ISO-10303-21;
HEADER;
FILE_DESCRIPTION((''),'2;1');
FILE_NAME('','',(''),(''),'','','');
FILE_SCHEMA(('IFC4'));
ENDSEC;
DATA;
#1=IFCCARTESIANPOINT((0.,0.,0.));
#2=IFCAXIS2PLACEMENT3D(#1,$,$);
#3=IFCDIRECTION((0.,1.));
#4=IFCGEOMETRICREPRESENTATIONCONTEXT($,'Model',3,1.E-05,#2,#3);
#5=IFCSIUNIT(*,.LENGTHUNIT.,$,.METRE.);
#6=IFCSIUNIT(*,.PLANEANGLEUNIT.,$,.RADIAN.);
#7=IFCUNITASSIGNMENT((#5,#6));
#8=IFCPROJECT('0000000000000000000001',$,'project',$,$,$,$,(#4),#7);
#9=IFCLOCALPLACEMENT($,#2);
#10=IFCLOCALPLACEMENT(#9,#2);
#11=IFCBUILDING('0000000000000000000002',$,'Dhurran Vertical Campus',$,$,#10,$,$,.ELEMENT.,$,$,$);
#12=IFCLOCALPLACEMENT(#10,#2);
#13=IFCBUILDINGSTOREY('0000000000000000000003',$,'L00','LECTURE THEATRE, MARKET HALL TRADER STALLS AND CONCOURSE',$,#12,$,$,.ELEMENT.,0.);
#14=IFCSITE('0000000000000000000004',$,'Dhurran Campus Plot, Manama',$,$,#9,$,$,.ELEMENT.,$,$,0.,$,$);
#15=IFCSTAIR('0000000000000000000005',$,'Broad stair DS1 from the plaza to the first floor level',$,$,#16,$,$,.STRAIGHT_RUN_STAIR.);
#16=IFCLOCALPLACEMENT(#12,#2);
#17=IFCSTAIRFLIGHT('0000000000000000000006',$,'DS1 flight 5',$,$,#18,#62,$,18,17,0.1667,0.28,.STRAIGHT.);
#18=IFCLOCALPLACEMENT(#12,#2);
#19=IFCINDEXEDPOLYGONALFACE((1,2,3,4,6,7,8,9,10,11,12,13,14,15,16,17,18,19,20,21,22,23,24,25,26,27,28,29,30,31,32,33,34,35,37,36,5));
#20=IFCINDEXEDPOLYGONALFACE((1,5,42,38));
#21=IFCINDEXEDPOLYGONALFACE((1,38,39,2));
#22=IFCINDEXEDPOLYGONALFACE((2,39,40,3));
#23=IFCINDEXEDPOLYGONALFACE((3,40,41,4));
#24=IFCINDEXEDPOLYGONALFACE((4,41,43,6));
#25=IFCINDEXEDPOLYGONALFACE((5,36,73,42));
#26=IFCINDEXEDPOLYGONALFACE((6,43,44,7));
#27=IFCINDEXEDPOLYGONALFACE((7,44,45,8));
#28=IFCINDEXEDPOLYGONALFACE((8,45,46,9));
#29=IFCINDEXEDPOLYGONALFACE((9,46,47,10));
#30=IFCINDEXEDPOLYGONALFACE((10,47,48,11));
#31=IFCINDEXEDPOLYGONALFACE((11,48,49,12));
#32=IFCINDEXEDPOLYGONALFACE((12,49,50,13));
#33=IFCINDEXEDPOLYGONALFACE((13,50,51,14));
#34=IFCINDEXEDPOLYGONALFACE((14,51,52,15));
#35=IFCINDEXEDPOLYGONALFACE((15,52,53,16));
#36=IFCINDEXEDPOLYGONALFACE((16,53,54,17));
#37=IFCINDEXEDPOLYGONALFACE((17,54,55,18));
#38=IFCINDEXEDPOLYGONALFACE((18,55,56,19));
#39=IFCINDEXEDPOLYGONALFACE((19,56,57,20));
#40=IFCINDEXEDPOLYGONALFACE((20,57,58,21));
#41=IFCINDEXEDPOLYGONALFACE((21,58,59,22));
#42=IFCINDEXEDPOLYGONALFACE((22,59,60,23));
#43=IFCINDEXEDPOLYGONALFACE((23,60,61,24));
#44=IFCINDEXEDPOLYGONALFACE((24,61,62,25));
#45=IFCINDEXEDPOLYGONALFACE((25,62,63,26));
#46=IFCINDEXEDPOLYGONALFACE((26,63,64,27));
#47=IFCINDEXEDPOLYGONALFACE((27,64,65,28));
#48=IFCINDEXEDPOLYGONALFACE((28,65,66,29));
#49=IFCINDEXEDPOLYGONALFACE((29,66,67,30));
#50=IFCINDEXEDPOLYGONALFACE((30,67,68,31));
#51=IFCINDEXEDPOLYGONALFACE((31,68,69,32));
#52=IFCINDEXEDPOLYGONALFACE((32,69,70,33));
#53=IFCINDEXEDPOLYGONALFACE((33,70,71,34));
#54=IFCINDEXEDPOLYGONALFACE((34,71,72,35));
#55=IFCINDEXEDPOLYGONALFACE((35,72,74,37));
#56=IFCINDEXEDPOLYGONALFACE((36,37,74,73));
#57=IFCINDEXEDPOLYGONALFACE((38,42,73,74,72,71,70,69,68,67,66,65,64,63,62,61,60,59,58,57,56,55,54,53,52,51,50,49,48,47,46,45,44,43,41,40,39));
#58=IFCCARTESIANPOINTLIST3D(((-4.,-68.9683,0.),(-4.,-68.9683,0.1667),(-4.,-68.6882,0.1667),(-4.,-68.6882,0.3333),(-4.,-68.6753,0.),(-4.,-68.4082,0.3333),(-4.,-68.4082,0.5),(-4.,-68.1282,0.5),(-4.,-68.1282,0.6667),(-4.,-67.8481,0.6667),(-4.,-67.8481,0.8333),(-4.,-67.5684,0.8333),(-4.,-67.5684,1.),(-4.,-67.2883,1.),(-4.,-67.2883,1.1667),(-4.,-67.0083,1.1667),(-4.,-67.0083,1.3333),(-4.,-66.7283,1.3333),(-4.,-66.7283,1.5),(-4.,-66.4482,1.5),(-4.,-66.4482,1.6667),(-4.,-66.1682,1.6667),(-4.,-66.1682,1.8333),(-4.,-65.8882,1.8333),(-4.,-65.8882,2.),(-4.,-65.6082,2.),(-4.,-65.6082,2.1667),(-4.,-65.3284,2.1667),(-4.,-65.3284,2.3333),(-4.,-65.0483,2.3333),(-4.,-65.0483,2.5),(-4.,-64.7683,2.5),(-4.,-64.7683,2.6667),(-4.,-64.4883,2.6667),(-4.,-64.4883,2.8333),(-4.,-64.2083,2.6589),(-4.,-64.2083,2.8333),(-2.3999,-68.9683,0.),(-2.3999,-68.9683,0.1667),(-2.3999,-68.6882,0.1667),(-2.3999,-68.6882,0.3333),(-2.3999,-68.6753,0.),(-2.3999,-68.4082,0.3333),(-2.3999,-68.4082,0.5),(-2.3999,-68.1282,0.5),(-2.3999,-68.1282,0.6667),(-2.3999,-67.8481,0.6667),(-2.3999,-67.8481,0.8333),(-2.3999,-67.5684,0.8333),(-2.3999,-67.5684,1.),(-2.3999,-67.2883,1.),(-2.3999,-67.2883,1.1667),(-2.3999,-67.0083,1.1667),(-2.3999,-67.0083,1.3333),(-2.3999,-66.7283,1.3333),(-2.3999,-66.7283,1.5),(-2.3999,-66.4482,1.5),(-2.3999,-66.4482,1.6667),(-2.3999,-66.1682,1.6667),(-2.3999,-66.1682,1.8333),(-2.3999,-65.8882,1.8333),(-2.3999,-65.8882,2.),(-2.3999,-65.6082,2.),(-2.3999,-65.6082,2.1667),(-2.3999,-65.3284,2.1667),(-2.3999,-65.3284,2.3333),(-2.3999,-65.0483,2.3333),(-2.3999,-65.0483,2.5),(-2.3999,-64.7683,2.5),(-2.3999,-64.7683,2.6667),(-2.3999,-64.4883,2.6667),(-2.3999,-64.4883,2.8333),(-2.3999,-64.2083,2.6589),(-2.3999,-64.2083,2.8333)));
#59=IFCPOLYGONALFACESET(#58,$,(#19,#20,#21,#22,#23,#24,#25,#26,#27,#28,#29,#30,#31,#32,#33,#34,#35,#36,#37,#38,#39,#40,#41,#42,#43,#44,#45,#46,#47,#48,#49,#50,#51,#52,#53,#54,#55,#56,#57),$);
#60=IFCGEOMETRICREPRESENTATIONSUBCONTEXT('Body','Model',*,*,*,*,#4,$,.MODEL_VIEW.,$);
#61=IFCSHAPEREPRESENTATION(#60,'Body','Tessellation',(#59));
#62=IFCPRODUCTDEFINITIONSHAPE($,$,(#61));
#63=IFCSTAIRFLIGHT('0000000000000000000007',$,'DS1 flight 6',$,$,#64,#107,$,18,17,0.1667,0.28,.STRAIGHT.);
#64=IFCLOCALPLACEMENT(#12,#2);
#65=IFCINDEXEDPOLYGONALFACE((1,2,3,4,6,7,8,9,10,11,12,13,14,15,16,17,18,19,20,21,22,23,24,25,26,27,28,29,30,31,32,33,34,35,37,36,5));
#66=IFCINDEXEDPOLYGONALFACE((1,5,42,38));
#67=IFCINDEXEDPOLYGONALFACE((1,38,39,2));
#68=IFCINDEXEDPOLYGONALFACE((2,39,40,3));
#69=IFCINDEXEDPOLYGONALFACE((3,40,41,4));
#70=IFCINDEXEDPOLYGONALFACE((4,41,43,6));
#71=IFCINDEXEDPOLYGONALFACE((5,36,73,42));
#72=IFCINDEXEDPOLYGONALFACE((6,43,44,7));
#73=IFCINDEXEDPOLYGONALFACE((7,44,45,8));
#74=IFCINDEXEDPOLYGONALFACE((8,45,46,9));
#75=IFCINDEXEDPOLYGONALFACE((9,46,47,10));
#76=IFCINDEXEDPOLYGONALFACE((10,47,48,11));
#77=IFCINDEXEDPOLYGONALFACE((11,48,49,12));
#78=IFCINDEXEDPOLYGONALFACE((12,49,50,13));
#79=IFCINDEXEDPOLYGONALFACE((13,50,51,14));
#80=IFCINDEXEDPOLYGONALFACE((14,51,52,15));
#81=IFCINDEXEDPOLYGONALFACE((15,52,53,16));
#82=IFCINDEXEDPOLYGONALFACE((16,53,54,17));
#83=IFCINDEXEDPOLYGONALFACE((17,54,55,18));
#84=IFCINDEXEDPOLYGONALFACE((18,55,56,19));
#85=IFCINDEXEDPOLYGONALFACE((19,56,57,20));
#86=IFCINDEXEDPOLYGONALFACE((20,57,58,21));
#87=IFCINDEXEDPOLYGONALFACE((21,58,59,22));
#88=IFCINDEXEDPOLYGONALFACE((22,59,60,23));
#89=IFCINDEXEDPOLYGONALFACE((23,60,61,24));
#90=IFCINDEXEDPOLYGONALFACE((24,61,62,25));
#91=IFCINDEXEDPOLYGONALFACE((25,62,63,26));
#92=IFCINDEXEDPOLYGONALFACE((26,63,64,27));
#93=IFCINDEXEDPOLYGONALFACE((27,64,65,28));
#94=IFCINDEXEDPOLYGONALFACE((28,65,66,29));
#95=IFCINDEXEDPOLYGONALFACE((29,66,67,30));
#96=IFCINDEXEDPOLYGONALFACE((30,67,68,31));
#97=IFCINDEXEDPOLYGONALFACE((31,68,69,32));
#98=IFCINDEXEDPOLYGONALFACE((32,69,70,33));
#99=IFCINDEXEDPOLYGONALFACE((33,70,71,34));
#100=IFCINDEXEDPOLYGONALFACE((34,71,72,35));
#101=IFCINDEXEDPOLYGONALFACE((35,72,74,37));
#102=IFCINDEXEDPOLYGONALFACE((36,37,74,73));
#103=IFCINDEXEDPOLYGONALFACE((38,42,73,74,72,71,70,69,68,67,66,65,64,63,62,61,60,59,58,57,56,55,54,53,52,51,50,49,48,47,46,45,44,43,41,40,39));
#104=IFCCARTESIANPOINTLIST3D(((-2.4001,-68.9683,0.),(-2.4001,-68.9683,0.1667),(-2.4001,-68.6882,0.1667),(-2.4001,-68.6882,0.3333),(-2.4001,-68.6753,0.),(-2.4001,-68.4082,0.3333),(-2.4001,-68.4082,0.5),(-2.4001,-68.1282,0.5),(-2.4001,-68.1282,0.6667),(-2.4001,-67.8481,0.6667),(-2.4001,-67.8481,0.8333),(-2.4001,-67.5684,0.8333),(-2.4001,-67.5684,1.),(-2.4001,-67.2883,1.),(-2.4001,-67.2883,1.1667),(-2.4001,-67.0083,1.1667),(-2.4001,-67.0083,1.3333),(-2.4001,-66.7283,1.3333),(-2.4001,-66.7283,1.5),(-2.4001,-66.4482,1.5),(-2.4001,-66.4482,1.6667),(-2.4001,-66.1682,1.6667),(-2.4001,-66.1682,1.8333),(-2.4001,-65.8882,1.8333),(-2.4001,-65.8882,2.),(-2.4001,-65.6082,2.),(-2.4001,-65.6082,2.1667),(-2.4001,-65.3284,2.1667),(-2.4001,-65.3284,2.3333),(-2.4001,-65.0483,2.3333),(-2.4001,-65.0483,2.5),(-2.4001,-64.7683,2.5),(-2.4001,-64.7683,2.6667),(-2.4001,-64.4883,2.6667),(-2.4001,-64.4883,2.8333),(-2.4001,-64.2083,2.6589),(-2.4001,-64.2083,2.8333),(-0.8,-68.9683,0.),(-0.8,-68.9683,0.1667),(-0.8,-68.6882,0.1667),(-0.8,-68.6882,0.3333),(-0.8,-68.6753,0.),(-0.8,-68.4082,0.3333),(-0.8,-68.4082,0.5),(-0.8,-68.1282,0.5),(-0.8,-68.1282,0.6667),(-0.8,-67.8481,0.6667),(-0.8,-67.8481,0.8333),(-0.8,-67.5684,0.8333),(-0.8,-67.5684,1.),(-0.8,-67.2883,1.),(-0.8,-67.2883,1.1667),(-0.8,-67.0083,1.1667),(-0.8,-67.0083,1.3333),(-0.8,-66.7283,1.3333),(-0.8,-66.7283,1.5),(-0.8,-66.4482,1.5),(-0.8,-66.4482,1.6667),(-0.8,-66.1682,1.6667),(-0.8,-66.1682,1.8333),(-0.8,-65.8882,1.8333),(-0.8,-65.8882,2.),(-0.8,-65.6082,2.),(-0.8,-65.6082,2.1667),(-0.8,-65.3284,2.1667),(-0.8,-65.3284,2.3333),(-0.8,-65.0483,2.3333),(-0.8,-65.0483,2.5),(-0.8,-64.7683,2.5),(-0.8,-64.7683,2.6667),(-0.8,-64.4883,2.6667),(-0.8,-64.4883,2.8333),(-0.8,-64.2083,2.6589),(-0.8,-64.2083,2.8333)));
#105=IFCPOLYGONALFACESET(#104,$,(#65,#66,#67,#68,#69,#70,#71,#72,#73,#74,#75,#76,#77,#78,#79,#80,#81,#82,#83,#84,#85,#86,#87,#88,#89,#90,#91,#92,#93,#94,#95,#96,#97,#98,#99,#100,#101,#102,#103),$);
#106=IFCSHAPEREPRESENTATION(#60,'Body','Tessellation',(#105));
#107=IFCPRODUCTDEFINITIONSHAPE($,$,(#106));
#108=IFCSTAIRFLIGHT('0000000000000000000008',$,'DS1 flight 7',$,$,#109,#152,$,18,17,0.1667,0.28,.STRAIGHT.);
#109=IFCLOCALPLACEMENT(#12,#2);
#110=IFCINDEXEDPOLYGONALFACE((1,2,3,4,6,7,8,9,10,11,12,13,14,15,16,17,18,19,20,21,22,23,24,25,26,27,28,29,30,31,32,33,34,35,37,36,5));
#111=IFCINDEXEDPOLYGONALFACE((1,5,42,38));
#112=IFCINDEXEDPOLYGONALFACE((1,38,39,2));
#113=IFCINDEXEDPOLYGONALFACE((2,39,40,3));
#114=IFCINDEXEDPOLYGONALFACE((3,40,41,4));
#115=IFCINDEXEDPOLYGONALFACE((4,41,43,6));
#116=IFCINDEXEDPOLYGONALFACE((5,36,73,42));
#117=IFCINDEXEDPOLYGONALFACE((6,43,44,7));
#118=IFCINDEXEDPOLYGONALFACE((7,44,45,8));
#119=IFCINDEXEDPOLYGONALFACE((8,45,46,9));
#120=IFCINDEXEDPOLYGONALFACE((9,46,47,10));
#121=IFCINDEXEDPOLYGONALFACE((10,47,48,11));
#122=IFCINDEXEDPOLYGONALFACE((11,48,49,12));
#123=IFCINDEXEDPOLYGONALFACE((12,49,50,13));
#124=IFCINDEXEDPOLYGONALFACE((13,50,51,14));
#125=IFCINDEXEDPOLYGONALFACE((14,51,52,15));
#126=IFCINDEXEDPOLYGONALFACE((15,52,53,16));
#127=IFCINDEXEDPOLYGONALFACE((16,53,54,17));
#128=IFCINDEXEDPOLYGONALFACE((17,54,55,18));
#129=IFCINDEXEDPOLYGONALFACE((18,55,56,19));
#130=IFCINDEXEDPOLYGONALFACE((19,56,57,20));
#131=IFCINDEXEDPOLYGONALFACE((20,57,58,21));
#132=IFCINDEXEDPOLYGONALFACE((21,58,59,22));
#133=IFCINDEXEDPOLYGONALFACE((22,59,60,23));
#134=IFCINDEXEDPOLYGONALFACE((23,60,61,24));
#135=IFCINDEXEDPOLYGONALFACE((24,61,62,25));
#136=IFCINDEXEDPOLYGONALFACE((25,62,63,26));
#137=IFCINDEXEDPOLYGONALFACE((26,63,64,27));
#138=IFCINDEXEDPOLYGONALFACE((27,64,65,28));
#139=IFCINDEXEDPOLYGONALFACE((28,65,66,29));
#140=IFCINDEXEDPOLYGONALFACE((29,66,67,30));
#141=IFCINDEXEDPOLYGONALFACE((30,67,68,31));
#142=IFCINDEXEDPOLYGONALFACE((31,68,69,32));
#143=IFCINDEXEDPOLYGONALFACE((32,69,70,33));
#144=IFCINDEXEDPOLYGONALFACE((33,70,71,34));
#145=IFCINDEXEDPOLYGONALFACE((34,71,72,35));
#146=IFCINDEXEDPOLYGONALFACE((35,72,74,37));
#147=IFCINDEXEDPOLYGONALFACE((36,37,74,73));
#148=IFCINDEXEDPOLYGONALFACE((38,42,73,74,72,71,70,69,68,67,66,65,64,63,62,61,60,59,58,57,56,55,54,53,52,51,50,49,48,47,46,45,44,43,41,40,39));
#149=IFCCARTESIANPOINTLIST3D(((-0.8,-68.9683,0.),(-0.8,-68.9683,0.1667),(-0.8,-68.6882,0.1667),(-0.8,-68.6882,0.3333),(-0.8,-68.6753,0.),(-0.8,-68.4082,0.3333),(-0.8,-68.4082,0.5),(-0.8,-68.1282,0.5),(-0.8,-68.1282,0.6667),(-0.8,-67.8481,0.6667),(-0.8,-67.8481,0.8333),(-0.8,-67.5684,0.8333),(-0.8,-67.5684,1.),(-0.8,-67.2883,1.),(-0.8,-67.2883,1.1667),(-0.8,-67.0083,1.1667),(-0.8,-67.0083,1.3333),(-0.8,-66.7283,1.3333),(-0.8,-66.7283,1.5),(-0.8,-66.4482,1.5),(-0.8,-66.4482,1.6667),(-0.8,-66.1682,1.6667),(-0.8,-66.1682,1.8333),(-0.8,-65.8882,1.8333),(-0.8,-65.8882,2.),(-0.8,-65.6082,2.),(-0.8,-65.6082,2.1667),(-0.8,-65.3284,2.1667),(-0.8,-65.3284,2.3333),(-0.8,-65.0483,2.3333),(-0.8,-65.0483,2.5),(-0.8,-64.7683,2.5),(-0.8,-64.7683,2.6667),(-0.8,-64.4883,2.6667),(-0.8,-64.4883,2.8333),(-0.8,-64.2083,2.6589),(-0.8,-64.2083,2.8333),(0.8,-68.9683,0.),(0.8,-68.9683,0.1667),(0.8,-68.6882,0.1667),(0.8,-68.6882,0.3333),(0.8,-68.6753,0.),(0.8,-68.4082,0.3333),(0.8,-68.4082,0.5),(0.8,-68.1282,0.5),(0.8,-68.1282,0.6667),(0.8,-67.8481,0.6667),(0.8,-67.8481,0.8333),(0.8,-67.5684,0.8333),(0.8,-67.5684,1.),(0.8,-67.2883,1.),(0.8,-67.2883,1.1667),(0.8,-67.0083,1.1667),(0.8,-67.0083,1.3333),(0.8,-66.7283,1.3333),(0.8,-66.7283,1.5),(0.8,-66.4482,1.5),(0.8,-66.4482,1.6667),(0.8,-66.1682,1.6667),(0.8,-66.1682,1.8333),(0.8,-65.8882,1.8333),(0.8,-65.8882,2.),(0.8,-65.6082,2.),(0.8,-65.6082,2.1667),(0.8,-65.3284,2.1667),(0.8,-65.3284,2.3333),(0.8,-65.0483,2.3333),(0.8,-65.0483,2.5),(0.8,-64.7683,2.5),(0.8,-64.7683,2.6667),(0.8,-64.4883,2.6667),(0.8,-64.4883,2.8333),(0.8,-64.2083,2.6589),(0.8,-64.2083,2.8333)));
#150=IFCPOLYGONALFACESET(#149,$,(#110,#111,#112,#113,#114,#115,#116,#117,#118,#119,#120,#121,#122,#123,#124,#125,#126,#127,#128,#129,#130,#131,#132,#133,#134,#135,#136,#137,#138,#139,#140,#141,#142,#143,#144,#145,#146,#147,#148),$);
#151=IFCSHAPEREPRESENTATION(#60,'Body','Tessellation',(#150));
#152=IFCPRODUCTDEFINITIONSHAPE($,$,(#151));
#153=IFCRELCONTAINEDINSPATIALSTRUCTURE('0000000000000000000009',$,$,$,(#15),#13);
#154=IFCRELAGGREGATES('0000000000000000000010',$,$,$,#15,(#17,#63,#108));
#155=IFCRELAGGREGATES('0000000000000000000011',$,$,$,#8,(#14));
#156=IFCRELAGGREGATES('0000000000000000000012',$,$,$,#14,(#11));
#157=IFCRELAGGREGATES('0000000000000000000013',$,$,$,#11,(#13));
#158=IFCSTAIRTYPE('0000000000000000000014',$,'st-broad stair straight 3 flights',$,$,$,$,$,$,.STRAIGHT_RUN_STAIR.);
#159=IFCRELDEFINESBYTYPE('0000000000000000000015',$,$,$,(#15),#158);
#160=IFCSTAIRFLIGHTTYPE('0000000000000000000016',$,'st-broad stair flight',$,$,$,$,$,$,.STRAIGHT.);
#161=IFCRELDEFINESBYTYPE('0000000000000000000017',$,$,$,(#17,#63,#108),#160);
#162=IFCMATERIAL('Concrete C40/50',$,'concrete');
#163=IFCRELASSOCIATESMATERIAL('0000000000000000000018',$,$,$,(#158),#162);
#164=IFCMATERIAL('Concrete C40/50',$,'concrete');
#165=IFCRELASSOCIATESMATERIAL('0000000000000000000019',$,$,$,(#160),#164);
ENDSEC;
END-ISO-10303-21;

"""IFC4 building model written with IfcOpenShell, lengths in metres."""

from ifc_helpers import new_model, si_unit, direction, frame, origin, place, context, subcontext, project, spatial, polyline, outline, extrude, material, type_object, element, aggregate, save


model = new_model("IFC4")

# Units and contexts
model_context = context("Model", 3, precision=1e-05, world=origin(), true_north=direction((0.0, 1.0)))
body_context = subcontext(model_context, "Body", "Model", "MODEL_VIEW")
ifc_project = project(units=[si_unit("LENGTHUNIT", "METRE"), si_unit("PLANEANGLEUNIT", "RADIAN")], contexts=[model_context])

# Site, building, storey
site_placement = place(None, origin())
site = spatial("IfcSite", under=ifc_project, at=site_placement, Name="Dhurran Campus Plot, Manama", CompositionType="ELEMENT", RefElevation=0.0)
building_placement = place(site_placement, origin())
building = spatial("IfcBuilding", under=site, at=building_placement, Name="Dhurran Vertical Campus", CompositionType="ELEMENT")
storey_placement = place(building_placement, origin())
storey = spatial("IfcBuildingStorey", under=building, at=storey_placement, Name="L00", Description="LECTURE THEATRE, MARKET HALL TRADER STALLS AND CONCOURSE", CompositionType="ELEMENT", Elevation=0.0)

# Stair, stair flights
ifc_material_1 = material(Name="Concrete C40/50", Category="concrete")
stair_type = type_object("IfcStairType", Name="st-broad stair straight 3 flights", PredefinedType="STRAIGHT_RUN_STAIR", material=ifc_material_1)
stair_placement = place(storey_placement, origin())
stair = element("IfcStair", 1, at=stair_placement, inside=storey, type_object=stair_type, Name="Broad stair DS1 from the plaza to the first floor level", PredefinedType="STRAIGHT_RUN_STAIR")
ifc_material_2 = material(Name="Concrete C40/50", Category="concrete")
stair_flight_type = type_object("IfcStairFlightType", Name="st-broad stair flight", PredefinedType="STRAIGHT", material=ifc_material_2)
stair_flight_1_placement = place(storey_placement, frame((-3.2, -68.9683, 0.0), z_axis=(0.0, 0.0, 1.0), x_axis=(0.0, 1.0, 0.0)))
stair_flight_1 = element("IfcStairFlight", 2, at=stair_flight_1_placement, type_object=stair_flight_type, Name="DS1 flight 5", NumberOfRisers=18, NumberOfTreads=17, PredefinedType="STRAIGHT", RiserHeight=0.1667, TreadLength=0.28, context=body_context, shape_type="SweptSolid", body=[
    extrude(outline(polyline([(0.0, 0.0), (0.0, 0.1667), (0.28, 0.1667), (0.28, 0.3333), (0.5601, 0.3333), (0.5601, 0.5), (0.8401, 0.5), (0.8401, 0.6667), (1.1201, 0.6667), (1.1201, 0.8333), (1.3999, 0.8333), (1.3999, 1.0), (1.6799, 1.0), (1.6799, 1.1667), (1.96, 1.1667), (1.96, 1.3333), (2.24, 1.3333), (2.24, 1.5), (2.52, 1.5), (2.52, 1.6667), (2.8, 1.6667), (2.8, 1.8333), (3.0801, 1.8333), (3.0801, 2.0), (3.3601, 2.0), (3.3601, 2.1667), (3.6399, 2.1667), (3.6399, 2.3333), (3.9199, 2.3333), (3.9199, 2.5), (4.2, 2.5), (4.2, 2.6667), (4.48, 2.6667), (4.48, 2.8333), (4.76, 2.8333), (4.76, 3.0), (4.76, 2.6589), (0.293, 0.0), (0.0, 0.0)])), frame((0.0, 0.8, 0.0), z_axis=(0.0, -1.0, 0.0), x_axis=(1.0, 0.0, 0.0)), (0.0, 0.0, 1.0), 1.6001),
])
stair_flight_2_placement = place(storey_placement, frame((-1.6001, -68.9683, 0.0), z_axis=(0.0, 0.0, 1.0), x_axis=(0.0, 1.0, 0.0)))
stair_flight_2 = element("IfcStairFlight", 3, at=stair_flight_2_placement, type_object=stair_flight_type, Name="DS1 flight 6", NumberOfRisers=18, NumberOfTreads=17, PredefinedType="STRAIGHT", RiserHeight=0.1667, TreadLength=0.28, context=body_context, shape_type="SweptSolid", body=[
    extrude(outline(polyline([(0.0, 0.0), (0.0, 0.1667), (0.28, 0.1667), (0.28, 0.3333), (0.5601, 0.3333), (0.5601, 0.5), (0.8401, 0.5), (0.8401, 0.6667), (1.1201, 0.6667), (1.1201, 0.8333), (1.3999, 0.8333), (1.3999, 1.0), (1.6799, 1.0), (1.6799, 1.1667), (1.96, 1.1667), (1.96, 1.3333), (2.24, 1.3333), (2.24, 1.5), (2.52, 1.5), (2.52, 1.6667), (2.8, 1.6667), (2.8, 1.8333), (3.0801, 1.8333), (3.0801, 2.0), (3.3601, 2.0), (3.3601, 2.1667), (3.6399, 2.1667), (3.6399, 2.3333), (3.9199, 2.3333), (3.9199, 2.5), (4.2, 2.5), (4.2, 2.6667), (4.48, 2.6667), (4.48, 2.8333), (4.76, 2.8333), (4.76, 3.0), (4.76, 2.6589), (0.293, 0.0), (0.0, 0.0)])), frame((0.0, 0.8, 0.0), z_axis=(0.0, -1.0, 0.0), x_axis=(1.0, 0.0, 0.0)), (0.0, 0.0, 1.0), 1.6001),
])
stair_flight_3_placement = place(storey_placement, frame((0.0, -68.9683, 0.0), z_axis=(0.0, 0.0, 1.0), x_axis=(0.0, 1.0, 0.0)))
stair_flight_3 = element("IfcStairFlight", 4, at=stair_flight_3_placement, type_object=stair_flight_type, Name="DS1 flight 7", NumberOfRisers=18, NumberOfTreads=17, PredefinedType="STRAIGHT", RiserHeight=0.1667, TreadLength=0.28, context=body_context, shape_type="SweptSolid", body=[
    extrude(outline(polyline([(0.0, 0.0), (0.0, 0.1667), (0.28, 0.1667), (0.28, 0.3333), (0.5601, 0.3333), (0.5601, 0.5), (0.8401, 0.5), (0.8401, 0.6667), (1.1201, 0.6667), (1.1201, 0.8333), (1.3999, 0.8333), (1.3999, 1.0), (1.6799, 1.0), (1.6799, 1.1667), (1.96, 1.1667), (1.96, 1.3333), (2.24, 1.3333), (2.24, 1.5), (2.52, 1.5), (2.52, 1.6667), (2.8, 1.6667), (2.8, 1.8333), (3.0801, 1.8333), (3.0801, 2.0), (3.3601, 2.0), (3.3601, 2.1667), (3.6399, 2.1667), (3.6399, 2.3333), (3.9199, 2.3333), (3.9199, 2.5), (4.2, 2.5), (4.2, 2.6667), (4.48, 2.6667), (4.48, 2.8333), (4.76, 2.8333), (4.76, 3.0), (4.76, 2.6589), (0.293, 0.0), (0.0, 0.0)])), frame((0.0, 0.8, 0.0), z_axis=(0.0, -1.0, 0.0), x_axis=(1.0, 0.0, 0.0)), (0.0, 0.0, 1.0), 1.6001),
])
aggregate(stair, [stair_flight_1, stair_flight_2, stair_flight_3])

save(model, "model.ifc")
